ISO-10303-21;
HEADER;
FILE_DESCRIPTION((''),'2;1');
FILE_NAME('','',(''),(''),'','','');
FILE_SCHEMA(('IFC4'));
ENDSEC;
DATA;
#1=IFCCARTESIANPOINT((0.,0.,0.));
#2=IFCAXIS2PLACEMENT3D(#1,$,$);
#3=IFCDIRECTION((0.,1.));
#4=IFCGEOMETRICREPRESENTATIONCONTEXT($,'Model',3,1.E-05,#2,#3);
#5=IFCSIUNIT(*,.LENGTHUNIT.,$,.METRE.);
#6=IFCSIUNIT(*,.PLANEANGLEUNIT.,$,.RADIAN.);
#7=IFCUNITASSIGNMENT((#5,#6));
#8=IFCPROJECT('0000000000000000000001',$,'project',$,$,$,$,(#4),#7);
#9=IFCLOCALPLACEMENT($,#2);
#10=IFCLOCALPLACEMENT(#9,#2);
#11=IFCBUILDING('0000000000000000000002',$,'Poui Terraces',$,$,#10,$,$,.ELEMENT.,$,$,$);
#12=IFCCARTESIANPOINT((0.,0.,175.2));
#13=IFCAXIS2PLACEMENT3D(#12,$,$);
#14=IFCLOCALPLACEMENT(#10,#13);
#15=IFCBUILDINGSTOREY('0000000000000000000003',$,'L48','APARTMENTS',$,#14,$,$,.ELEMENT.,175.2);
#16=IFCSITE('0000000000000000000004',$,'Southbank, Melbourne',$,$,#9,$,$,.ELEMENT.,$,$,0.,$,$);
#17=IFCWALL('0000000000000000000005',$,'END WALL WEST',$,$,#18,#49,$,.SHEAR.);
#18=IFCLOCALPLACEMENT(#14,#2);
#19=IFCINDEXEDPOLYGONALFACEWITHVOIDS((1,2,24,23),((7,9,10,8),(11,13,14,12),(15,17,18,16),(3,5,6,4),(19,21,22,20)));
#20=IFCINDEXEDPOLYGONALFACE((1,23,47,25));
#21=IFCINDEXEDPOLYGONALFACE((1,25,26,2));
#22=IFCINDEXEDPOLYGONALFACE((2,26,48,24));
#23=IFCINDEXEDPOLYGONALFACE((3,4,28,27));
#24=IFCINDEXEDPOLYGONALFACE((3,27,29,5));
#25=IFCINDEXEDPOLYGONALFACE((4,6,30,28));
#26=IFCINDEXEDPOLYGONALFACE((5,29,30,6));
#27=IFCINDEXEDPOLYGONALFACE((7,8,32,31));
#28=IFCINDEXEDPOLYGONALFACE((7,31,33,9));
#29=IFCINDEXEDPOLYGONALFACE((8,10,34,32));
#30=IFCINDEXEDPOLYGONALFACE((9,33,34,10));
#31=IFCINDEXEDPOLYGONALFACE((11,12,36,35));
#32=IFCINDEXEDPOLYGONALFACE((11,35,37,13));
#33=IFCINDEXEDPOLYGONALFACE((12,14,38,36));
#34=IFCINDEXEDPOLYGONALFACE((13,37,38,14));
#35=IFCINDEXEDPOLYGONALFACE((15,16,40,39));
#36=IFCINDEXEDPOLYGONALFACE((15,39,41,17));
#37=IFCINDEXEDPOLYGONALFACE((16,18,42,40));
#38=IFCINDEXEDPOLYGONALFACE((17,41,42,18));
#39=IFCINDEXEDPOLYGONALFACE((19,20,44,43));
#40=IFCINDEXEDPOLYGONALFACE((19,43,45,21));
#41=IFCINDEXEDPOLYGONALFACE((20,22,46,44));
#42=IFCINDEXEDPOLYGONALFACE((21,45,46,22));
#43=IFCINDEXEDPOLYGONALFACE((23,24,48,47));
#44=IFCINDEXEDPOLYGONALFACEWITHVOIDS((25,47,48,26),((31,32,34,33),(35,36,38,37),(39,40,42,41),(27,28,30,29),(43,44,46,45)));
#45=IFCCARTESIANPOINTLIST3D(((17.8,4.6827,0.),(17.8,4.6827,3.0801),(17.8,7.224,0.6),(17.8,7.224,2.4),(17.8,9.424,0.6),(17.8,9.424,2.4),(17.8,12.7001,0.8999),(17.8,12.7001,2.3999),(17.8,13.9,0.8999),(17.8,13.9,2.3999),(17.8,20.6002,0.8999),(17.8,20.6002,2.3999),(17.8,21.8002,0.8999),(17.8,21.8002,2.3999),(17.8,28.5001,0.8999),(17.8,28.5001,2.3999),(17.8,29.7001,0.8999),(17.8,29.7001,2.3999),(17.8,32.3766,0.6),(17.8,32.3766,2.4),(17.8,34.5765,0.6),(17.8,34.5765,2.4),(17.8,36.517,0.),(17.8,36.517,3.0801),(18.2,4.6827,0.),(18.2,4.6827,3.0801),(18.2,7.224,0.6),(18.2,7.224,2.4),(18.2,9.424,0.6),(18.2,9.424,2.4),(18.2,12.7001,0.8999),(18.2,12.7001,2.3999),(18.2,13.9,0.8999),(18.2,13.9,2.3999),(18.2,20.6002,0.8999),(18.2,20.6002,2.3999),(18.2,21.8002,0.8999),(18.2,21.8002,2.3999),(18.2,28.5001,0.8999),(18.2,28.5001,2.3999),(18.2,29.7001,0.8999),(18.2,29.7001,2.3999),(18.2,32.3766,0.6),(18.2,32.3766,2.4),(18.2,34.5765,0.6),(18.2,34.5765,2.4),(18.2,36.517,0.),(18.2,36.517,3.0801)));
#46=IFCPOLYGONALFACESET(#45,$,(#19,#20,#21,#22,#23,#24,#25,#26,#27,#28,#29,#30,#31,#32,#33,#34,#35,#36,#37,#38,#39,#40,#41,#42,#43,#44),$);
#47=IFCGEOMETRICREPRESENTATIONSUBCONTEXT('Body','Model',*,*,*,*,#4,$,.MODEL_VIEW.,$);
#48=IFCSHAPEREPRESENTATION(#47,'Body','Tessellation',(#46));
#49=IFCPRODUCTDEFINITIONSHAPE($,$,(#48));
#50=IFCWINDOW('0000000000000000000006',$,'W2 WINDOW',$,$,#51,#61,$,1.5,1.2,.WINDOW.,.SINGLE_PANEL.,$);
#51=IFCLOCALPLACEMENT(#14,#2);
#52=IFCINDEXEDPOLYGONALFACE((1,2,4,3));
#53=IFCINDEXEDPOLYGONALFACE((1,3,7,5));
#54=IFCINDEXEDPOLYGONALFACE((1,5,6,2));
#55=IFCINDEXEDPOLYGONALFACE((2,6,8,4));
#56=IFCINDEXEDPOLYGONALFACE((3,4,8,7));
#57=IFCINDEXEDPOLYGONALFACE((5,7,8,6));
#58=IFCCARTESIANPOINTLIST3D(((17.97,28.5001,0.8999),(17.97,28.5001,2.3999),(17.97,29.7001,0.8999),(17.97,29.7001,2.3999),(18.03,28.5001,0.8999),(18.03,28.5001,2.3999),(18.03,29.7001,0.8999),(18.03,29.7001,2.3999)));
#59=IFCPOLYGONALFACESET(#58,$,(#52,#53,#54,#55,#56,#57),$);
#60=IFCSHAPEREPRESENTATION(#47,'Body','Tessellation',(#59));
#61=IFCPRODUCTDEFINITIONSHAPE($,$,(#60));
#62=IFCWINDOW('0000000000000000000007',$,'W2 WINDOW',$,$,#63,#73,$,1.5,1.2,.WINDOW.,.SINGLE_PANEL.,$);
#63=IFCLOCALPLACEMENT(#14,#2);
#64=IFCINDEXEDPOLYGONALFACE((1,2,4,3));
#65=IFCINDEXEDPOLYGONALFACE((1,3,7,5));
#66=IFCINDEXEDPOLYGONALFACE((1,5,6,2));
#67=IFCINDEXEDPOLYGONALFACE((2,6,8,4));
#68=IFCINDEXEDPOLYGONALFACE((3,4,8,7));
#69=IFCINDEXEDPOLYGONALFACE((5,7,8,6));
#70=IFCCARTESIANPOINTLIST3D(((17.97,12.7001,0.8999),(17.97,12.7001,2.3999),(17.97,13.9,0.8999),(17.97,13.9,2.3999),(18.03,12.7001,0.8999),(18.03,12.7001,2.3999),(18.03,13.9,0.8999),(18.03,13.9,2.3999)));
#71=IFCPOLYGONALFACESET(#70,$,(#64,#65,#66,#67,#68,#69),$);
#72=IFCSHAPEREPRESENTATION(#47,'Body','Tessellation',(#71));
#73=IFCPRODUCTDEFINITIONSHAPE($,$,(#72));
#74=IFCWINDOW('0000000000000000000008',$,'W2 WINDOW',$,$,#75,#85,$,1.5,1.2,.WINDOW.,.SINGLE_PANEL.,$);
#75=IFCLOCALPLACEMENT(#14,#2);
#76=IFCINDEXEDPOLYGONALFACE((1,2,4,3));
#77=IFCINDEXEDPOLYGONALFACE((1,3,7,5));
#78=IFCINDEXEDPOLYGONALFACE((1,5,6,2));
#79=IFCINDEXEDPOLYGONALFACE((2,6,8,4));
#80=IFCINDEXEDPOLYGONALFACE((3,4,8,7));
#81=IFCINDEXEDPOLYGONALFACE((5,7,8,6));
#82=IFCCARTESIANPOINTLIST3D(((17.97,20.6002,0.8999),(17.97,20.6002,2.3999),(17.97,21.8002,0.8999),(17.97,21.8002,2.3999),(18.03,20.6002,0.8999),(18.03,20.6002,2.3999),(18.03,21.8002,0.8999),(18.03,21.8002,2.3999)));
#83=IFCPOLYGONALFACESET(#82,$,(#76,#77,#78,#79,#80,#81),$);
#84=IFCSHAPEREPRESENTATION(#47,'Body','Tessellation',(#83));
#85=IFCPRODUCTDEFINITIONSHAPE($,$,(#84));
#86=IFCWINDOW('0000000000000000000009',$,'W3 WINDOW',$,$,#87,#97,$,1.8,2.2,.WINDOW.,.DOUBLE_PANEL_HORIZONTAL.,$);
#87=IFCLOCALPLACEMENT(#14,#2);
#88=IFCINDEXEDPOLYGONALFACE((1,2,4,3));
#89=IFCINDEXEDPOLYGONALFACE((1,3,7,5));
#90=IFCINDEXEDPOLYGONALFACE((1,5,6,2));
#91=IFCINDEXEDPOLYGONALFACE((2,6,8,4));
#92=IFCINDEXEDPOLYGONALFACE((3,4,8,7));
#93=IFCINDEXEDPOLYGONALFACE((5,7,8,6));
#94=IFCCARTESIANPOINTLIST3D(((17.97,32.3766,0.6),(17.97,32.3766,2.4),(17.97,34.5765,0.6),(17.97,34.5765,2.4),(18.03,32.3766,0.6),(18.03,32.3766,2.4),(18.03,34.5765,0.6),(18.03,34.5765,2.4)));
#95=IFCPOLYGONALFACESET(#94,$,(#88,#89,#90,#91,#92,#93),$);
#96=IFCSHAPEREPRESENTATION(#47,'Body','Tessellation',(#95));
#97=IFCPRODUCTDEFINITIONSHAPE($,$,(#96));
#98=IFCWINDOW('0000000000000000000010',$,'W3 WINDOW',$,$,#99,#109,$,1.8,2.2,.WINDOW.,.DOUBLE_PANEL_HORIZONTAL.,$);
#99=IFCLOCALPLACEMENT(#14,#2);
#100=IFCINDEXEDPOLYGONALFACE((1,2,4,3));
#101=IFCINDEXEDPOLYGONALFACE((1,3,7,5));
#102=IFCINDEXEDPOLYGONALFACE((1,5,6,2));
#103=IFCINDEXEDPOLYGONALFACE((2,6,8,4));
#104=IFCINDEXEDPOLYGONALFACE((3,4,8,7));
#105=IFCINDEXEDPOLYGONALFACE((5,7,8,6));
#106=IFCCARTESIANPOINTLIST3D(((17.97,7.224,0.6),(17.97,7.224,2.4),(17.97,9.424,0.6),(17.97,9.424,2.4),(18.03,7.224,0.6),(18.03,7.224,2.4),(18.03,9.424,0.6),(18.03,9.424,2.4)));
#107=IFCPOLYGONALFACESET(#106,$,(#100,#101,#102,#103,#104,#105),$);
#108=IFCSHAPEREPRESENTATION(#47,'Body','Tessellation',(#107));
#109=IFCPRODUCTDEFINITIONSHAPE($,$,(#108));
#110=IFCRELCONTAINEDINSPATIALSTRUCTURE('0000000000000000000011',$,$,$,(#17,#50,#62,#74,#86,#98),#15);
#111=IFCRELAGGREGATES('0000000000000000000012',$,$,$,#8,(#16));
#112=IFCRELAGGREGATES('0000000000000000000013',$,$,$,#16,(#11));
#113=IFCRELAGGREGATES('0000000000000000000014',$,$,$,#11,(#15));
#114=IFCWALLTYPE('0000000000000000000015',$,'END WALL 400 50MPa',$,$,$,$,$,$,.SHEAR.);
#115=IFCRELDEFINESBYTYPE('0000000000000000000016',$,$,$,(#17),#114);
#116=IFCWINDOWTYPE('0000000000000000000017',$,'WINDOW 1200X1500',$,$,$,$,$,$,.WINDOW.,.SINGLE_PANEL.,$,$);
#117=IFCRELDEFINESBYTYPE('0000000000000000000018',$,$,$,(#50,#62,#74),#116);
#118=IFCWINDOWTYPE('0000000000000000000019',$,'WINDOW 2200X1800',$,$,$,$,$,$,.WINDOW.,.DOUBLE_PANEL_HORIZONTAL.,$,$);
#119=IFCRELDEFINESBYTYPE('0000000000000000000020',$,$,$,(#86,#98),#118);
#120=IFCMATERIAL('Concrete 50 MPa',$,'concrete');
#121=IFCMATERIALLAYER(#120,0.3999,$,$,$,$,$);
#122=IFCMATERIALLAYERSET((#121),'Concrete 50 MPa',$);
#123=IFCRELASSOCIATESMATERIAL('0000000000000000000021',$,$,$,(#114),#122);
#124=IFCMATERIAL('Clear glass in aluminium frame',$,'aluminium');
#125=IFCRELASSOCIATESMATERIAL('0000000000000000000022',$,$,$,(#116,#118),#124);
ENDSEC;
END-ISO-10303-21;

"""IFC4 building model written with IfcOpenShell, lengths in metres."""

from ifc_helpers import new_model, si_unit, direction, frame, frame_2d, origin, place, context, subcontext, project, spatial, rectangle, extrude, material, layer, layer_set, type_object, element, fill, save


model = new_model("IFC4")

# Units and contexts
model_context = context("Model", 3, precision=1e-05, world=origin(), true_north=direction((0.0, 1.0)))
body_context = subcontext(model_context, "Body", "Model", "MODEL_VIEW")
ifc_project = project(units=[si_unit("LENGTHUNIT", "METRE"), si_unit("PLANEANGLEUNIT", "RADIAN")], contexts=[model_context])

# Site, building, storey
site_placement = place(None, origin())
site = spatial("IfcSite", under=ifc_project, at=site_placement, Name="Southbank, Melbourne", CompositionType="ELEMENT", RefElevation=0.0)
building_placement = place(site_placement, origin())
building = spatial("IfcBuilding", under=site, at=building_placement, Name="Poui Terraces", CompositionType="ELEMENT")
storey_placement = place(building_placement, frame((0.0, 0.0, 175.2)))
storey = spatial("IfcBuildingStorey", under=building, at=storey_placement, Name="L48", Description="APARTMENTS", CompositionType="ELEMENT", Elevation=175.2)

# Wall, openings, windows
ifc_material_1 = material(Name="Concrete 50 MPa", Category="concrete")
ifc_layer = layer(ifc_material_1, 0.3999)
ifc_layer_set = layer_set([ifc_layer], Name="Concrete 50 MPa")
wall_type = type_object("IfcWallType", Name="END WALL 400 50MPa", PredefinedType="SHEAR", material=ifc_layer_set)
wall_placement = place(storey_placement, frame((18.0, 4.6829, 0.0), z_axis=(0.0, 0.0, 1.0), x_axis=(0.0, 1.0, 0.0)))
wall = element("IfcWall", 1, at=wall_placement, inside=storey, type_object=wall_type, Name="END WALL WEST", PredefinedType="SHEAR", context=body_context, shape_type="SweptSolid", body=[
    extrude(rectangle(XDim=31.8342, YDim=0.3999, at=frame_2d((15.917, 0.0))), origin(), (0.0, 0.0, 1.0), 3.0801),
])
opening_1_placement = place(wall_placement, frame((23.8171, 0.0, 0.8999)))
opening_1 = element("IfcOpeningElement", 2, at=opening_1_placement, cuts=wall, PredefinedType="OPENING", context=body_context, shape_type="SweptSolid", body=[
    extrude(rectangle(XDim=1.2, YDim=1.5, at=frame_2d((0.6001, 0.75))), frame((0.0, 0.21, 0.0), z_axis=(0.0, -1.0, 0.0), x_axis=(1.0, 0.0, 0.0)), (0.0, 0.0, 1.0), 0.4199),
])
opening_2_placement = place(wall_placement, frame((8.0171, 0.0, 0.8999)))
opening_2 = element("IfcOpeningElement", 3, at=opening_2_placement, cuts=wall, PredefinedType="OPENING", context=body_context, shape_type="SweptSolid", body=[
    extrude(rectangle(XDim=1.2, YDim=1.5, at=frame_2d((0.6001, 0.75))), frame((0.0, 0.21, 0.0), z_axis=(0.0, -1.0, 0.0), x_axis=(1.0, 0.0, 0.0)), (0.0, 0.0, 1.0), 0.4199),
])
opening_3_placement = place(wall_placement, frame((27.6936, 0.0, 0.6001)))
opening_3 = element("IfcOpeningElement", 4, at=opening_3_placement, cuts=wall, PredefinedType="OPENING", context=body_context, shape_type="SweptSolid", body=[
    extrude(rectangle(XDim=2.2, YDim=1.8, at=frame_2d((1.1001, 0.8999))), frame((0.0, 0.21, 0.0), z_axis=(0.0, -1.0, 0.0), x_axis=(1.0, 0.0, 0.0)), (0.0, 0.0, 1.0), 0.4199),
])
opening_4_placement = place(wall_placement, frame((2.541, 0.0, 0.6001)))
opening_4 = element("IfcOpeningElement", 5, at=opening_4_placement, cuts=wall, PredefinedType="OPENING", context=body_context, shape_type="SweptSolid", body=[
    extrude(rectangle(XDim=2.2, YDim=1.8, at=frame_2d((1.1001, 0.8999))), frame((0.0, 0.21, 0.0), z_axis=(0.0, -1.0, 0.0), x_axis=(1.0, 0.0, 0.0)), (0.0, 0.0, 1.0), 0.4199),
])
opening_5_placement = place(wall_placement, frame((15.9172, 0.0, 0.8999)))
opening_5 = element("IfcOpeningElement", 6, at=opening_5_placement, cuts=wall, PredefinedType="OPENING", context=body_context, shape_type="SweptSolid", body=[
    extrude(rectangle(XDim=1.2, YDim=1.5, at=frame_2d((0.6001, 0.75))), frame((0.0, 0.21, 0.0), z_axis=(0.0, -1.0, 0.0), x_axis=(1.0, 0.0, 0.0)), (0.0, 0.0, 1.0), 0.4199),
])
ifc_material_2 = material(Name="Clear glass in aluminium frame", Category="aluminium")
window_type_1 = type_object("IfcWindowType", Name="WINDOW 1200X1500", PartitioningType="SINGLE_PANEL", PredefinedType="WINDOW", material=ifc_material_2)
window_1_placement = place(opening_1_placement, origin())
window_1 = element("IfcWindow", 7, at=window_1_placement, inside=storey, type_object=window_type_1, Name="W2 WINDOW", OverallHeight=1.5, OverallWidth=1.2, PartitioningType="SINGLE_PANEL", PredefinedType="WINDOW", context=body_context, shape_type="SweptSolid", body=[
    extrude(rectangle(XDim=1.2, YDim=1.5, at=frame_2d((0.6001, 0.75))), frame((0.0, 0.03, 0.0), z_axis=(0.0, -1.0, 0.0), x_axis=(1.0, 0.0, 0.0)), (0.0, 0.0, 1.0), 0.0601),
])
fill(opening_1, window_1)
window_2_placement = place(opening_2_placement, origin())
window_2 = element("IfcWindow", 8, at=window_2_placement, inside=storey, type_object=window_type_1, Name="W2 WINDOW", OverallHeight=1.5, OverallWidth=1.2, PartitioningType="SINGLE_PANEL", PredefinedType="WINDOW", context=body_context, shape_type="SweptSolid", body=[
    extrude(rectangle(XDim=1.2, YDim=1.5, at=frame_2d((0.6001, 0.75))), frame((0.0, 0.03, 0.0), z_axis=(0.0, -1.0, 0.0), x_axis=(1.0, 0.0, 0.0)), (0.0, 0.0, 1.0), 0.0601),
])
fill(opening_2, window_2)
window_3_placement = place(opening_5_placement, origin())
window_3 = element("IfcWindow", 9, at=window_3_placement, inside=storey, type_object=window_type_1, Name="W2 WINDOW", OverallHeight=1.5, OverallWidth=1.2, PartitioningType="SINGLE_PANEL", PredefinedType="WINDOW", context=body_context, shape_type="SweptSolid", body=[
    extrude(rectangle(XDim=1.2, YDim=1.5, at=frame_2d((0.6001, 0.75))), frame((0.0, 0.03, 0.0), z_axis=(0.0, -1.0, 0.0), x_axis=(1.0, 0.0, 0.0)), (0.0, 0.0, 1.0), 0.0601),
])
fill(opening_5, window_3)
window_type_2 = type_object("IfcWindowType", Name="WINDOW 2200X1800", PartitioningType="DOUBLE_PANEL_HORIZONTAL", PredefinedType="WINDOW", material=ifc_material_2)
window_4_placement = place(opening_3_placement, origin())
window_4 = element("IfcWindow", 10, at=window_4_placement, inside=storey, type_object=window_type_2, Name="W3 WINDOW", OverallHeight=1.8, OverallWidth=2.2, PartitioningType="DOUBLE_PANEL_HORIZONTAL", PredefinedType="WINDOW", context=body_context, shape_type="SweptSolid", body=[
    extrude(rectangle(XDim=2.2, YDim=1.8, at=frame_2d((1.1001, 0.8999))), frame((0.0, 0.03, 0.0), z_axis=(0.0, -1.0, 0.0), x_axis=(1.0, 0.0, 0.0)), (0.0, 0.0, 1.0), 0.0601),
])
fill(opening_3, window_4)
window_5_placement = place(opening_4_placement, origin())
window_5 = element("IfcWindow", 11, at=window_5_placement, inside=storey, type_object=window_type_2, Name="W3 WINDOW", OverallHeight=1.8, OverallWidth=2.2, PartitioningType="DOUBLE_PANEL_HORIZONTAL", PredefinedType="WINDOW", context=body_context, shape_type="SweptSolid", body=[
    extrude(rectangle(XDim=2.2, YDim=1.8, at=frame_2d((1.1001, 0.8999))), frame((0.0, 0.03, 0.0), z_axis=(0.0, -1.0, 0.0), x_axis=(1.0, 0.0, 0.0)), (0.0, 0.0, 1.0), 0.0601),
])
fill(opening_4, window_5)

save(model, "model.ifc")
